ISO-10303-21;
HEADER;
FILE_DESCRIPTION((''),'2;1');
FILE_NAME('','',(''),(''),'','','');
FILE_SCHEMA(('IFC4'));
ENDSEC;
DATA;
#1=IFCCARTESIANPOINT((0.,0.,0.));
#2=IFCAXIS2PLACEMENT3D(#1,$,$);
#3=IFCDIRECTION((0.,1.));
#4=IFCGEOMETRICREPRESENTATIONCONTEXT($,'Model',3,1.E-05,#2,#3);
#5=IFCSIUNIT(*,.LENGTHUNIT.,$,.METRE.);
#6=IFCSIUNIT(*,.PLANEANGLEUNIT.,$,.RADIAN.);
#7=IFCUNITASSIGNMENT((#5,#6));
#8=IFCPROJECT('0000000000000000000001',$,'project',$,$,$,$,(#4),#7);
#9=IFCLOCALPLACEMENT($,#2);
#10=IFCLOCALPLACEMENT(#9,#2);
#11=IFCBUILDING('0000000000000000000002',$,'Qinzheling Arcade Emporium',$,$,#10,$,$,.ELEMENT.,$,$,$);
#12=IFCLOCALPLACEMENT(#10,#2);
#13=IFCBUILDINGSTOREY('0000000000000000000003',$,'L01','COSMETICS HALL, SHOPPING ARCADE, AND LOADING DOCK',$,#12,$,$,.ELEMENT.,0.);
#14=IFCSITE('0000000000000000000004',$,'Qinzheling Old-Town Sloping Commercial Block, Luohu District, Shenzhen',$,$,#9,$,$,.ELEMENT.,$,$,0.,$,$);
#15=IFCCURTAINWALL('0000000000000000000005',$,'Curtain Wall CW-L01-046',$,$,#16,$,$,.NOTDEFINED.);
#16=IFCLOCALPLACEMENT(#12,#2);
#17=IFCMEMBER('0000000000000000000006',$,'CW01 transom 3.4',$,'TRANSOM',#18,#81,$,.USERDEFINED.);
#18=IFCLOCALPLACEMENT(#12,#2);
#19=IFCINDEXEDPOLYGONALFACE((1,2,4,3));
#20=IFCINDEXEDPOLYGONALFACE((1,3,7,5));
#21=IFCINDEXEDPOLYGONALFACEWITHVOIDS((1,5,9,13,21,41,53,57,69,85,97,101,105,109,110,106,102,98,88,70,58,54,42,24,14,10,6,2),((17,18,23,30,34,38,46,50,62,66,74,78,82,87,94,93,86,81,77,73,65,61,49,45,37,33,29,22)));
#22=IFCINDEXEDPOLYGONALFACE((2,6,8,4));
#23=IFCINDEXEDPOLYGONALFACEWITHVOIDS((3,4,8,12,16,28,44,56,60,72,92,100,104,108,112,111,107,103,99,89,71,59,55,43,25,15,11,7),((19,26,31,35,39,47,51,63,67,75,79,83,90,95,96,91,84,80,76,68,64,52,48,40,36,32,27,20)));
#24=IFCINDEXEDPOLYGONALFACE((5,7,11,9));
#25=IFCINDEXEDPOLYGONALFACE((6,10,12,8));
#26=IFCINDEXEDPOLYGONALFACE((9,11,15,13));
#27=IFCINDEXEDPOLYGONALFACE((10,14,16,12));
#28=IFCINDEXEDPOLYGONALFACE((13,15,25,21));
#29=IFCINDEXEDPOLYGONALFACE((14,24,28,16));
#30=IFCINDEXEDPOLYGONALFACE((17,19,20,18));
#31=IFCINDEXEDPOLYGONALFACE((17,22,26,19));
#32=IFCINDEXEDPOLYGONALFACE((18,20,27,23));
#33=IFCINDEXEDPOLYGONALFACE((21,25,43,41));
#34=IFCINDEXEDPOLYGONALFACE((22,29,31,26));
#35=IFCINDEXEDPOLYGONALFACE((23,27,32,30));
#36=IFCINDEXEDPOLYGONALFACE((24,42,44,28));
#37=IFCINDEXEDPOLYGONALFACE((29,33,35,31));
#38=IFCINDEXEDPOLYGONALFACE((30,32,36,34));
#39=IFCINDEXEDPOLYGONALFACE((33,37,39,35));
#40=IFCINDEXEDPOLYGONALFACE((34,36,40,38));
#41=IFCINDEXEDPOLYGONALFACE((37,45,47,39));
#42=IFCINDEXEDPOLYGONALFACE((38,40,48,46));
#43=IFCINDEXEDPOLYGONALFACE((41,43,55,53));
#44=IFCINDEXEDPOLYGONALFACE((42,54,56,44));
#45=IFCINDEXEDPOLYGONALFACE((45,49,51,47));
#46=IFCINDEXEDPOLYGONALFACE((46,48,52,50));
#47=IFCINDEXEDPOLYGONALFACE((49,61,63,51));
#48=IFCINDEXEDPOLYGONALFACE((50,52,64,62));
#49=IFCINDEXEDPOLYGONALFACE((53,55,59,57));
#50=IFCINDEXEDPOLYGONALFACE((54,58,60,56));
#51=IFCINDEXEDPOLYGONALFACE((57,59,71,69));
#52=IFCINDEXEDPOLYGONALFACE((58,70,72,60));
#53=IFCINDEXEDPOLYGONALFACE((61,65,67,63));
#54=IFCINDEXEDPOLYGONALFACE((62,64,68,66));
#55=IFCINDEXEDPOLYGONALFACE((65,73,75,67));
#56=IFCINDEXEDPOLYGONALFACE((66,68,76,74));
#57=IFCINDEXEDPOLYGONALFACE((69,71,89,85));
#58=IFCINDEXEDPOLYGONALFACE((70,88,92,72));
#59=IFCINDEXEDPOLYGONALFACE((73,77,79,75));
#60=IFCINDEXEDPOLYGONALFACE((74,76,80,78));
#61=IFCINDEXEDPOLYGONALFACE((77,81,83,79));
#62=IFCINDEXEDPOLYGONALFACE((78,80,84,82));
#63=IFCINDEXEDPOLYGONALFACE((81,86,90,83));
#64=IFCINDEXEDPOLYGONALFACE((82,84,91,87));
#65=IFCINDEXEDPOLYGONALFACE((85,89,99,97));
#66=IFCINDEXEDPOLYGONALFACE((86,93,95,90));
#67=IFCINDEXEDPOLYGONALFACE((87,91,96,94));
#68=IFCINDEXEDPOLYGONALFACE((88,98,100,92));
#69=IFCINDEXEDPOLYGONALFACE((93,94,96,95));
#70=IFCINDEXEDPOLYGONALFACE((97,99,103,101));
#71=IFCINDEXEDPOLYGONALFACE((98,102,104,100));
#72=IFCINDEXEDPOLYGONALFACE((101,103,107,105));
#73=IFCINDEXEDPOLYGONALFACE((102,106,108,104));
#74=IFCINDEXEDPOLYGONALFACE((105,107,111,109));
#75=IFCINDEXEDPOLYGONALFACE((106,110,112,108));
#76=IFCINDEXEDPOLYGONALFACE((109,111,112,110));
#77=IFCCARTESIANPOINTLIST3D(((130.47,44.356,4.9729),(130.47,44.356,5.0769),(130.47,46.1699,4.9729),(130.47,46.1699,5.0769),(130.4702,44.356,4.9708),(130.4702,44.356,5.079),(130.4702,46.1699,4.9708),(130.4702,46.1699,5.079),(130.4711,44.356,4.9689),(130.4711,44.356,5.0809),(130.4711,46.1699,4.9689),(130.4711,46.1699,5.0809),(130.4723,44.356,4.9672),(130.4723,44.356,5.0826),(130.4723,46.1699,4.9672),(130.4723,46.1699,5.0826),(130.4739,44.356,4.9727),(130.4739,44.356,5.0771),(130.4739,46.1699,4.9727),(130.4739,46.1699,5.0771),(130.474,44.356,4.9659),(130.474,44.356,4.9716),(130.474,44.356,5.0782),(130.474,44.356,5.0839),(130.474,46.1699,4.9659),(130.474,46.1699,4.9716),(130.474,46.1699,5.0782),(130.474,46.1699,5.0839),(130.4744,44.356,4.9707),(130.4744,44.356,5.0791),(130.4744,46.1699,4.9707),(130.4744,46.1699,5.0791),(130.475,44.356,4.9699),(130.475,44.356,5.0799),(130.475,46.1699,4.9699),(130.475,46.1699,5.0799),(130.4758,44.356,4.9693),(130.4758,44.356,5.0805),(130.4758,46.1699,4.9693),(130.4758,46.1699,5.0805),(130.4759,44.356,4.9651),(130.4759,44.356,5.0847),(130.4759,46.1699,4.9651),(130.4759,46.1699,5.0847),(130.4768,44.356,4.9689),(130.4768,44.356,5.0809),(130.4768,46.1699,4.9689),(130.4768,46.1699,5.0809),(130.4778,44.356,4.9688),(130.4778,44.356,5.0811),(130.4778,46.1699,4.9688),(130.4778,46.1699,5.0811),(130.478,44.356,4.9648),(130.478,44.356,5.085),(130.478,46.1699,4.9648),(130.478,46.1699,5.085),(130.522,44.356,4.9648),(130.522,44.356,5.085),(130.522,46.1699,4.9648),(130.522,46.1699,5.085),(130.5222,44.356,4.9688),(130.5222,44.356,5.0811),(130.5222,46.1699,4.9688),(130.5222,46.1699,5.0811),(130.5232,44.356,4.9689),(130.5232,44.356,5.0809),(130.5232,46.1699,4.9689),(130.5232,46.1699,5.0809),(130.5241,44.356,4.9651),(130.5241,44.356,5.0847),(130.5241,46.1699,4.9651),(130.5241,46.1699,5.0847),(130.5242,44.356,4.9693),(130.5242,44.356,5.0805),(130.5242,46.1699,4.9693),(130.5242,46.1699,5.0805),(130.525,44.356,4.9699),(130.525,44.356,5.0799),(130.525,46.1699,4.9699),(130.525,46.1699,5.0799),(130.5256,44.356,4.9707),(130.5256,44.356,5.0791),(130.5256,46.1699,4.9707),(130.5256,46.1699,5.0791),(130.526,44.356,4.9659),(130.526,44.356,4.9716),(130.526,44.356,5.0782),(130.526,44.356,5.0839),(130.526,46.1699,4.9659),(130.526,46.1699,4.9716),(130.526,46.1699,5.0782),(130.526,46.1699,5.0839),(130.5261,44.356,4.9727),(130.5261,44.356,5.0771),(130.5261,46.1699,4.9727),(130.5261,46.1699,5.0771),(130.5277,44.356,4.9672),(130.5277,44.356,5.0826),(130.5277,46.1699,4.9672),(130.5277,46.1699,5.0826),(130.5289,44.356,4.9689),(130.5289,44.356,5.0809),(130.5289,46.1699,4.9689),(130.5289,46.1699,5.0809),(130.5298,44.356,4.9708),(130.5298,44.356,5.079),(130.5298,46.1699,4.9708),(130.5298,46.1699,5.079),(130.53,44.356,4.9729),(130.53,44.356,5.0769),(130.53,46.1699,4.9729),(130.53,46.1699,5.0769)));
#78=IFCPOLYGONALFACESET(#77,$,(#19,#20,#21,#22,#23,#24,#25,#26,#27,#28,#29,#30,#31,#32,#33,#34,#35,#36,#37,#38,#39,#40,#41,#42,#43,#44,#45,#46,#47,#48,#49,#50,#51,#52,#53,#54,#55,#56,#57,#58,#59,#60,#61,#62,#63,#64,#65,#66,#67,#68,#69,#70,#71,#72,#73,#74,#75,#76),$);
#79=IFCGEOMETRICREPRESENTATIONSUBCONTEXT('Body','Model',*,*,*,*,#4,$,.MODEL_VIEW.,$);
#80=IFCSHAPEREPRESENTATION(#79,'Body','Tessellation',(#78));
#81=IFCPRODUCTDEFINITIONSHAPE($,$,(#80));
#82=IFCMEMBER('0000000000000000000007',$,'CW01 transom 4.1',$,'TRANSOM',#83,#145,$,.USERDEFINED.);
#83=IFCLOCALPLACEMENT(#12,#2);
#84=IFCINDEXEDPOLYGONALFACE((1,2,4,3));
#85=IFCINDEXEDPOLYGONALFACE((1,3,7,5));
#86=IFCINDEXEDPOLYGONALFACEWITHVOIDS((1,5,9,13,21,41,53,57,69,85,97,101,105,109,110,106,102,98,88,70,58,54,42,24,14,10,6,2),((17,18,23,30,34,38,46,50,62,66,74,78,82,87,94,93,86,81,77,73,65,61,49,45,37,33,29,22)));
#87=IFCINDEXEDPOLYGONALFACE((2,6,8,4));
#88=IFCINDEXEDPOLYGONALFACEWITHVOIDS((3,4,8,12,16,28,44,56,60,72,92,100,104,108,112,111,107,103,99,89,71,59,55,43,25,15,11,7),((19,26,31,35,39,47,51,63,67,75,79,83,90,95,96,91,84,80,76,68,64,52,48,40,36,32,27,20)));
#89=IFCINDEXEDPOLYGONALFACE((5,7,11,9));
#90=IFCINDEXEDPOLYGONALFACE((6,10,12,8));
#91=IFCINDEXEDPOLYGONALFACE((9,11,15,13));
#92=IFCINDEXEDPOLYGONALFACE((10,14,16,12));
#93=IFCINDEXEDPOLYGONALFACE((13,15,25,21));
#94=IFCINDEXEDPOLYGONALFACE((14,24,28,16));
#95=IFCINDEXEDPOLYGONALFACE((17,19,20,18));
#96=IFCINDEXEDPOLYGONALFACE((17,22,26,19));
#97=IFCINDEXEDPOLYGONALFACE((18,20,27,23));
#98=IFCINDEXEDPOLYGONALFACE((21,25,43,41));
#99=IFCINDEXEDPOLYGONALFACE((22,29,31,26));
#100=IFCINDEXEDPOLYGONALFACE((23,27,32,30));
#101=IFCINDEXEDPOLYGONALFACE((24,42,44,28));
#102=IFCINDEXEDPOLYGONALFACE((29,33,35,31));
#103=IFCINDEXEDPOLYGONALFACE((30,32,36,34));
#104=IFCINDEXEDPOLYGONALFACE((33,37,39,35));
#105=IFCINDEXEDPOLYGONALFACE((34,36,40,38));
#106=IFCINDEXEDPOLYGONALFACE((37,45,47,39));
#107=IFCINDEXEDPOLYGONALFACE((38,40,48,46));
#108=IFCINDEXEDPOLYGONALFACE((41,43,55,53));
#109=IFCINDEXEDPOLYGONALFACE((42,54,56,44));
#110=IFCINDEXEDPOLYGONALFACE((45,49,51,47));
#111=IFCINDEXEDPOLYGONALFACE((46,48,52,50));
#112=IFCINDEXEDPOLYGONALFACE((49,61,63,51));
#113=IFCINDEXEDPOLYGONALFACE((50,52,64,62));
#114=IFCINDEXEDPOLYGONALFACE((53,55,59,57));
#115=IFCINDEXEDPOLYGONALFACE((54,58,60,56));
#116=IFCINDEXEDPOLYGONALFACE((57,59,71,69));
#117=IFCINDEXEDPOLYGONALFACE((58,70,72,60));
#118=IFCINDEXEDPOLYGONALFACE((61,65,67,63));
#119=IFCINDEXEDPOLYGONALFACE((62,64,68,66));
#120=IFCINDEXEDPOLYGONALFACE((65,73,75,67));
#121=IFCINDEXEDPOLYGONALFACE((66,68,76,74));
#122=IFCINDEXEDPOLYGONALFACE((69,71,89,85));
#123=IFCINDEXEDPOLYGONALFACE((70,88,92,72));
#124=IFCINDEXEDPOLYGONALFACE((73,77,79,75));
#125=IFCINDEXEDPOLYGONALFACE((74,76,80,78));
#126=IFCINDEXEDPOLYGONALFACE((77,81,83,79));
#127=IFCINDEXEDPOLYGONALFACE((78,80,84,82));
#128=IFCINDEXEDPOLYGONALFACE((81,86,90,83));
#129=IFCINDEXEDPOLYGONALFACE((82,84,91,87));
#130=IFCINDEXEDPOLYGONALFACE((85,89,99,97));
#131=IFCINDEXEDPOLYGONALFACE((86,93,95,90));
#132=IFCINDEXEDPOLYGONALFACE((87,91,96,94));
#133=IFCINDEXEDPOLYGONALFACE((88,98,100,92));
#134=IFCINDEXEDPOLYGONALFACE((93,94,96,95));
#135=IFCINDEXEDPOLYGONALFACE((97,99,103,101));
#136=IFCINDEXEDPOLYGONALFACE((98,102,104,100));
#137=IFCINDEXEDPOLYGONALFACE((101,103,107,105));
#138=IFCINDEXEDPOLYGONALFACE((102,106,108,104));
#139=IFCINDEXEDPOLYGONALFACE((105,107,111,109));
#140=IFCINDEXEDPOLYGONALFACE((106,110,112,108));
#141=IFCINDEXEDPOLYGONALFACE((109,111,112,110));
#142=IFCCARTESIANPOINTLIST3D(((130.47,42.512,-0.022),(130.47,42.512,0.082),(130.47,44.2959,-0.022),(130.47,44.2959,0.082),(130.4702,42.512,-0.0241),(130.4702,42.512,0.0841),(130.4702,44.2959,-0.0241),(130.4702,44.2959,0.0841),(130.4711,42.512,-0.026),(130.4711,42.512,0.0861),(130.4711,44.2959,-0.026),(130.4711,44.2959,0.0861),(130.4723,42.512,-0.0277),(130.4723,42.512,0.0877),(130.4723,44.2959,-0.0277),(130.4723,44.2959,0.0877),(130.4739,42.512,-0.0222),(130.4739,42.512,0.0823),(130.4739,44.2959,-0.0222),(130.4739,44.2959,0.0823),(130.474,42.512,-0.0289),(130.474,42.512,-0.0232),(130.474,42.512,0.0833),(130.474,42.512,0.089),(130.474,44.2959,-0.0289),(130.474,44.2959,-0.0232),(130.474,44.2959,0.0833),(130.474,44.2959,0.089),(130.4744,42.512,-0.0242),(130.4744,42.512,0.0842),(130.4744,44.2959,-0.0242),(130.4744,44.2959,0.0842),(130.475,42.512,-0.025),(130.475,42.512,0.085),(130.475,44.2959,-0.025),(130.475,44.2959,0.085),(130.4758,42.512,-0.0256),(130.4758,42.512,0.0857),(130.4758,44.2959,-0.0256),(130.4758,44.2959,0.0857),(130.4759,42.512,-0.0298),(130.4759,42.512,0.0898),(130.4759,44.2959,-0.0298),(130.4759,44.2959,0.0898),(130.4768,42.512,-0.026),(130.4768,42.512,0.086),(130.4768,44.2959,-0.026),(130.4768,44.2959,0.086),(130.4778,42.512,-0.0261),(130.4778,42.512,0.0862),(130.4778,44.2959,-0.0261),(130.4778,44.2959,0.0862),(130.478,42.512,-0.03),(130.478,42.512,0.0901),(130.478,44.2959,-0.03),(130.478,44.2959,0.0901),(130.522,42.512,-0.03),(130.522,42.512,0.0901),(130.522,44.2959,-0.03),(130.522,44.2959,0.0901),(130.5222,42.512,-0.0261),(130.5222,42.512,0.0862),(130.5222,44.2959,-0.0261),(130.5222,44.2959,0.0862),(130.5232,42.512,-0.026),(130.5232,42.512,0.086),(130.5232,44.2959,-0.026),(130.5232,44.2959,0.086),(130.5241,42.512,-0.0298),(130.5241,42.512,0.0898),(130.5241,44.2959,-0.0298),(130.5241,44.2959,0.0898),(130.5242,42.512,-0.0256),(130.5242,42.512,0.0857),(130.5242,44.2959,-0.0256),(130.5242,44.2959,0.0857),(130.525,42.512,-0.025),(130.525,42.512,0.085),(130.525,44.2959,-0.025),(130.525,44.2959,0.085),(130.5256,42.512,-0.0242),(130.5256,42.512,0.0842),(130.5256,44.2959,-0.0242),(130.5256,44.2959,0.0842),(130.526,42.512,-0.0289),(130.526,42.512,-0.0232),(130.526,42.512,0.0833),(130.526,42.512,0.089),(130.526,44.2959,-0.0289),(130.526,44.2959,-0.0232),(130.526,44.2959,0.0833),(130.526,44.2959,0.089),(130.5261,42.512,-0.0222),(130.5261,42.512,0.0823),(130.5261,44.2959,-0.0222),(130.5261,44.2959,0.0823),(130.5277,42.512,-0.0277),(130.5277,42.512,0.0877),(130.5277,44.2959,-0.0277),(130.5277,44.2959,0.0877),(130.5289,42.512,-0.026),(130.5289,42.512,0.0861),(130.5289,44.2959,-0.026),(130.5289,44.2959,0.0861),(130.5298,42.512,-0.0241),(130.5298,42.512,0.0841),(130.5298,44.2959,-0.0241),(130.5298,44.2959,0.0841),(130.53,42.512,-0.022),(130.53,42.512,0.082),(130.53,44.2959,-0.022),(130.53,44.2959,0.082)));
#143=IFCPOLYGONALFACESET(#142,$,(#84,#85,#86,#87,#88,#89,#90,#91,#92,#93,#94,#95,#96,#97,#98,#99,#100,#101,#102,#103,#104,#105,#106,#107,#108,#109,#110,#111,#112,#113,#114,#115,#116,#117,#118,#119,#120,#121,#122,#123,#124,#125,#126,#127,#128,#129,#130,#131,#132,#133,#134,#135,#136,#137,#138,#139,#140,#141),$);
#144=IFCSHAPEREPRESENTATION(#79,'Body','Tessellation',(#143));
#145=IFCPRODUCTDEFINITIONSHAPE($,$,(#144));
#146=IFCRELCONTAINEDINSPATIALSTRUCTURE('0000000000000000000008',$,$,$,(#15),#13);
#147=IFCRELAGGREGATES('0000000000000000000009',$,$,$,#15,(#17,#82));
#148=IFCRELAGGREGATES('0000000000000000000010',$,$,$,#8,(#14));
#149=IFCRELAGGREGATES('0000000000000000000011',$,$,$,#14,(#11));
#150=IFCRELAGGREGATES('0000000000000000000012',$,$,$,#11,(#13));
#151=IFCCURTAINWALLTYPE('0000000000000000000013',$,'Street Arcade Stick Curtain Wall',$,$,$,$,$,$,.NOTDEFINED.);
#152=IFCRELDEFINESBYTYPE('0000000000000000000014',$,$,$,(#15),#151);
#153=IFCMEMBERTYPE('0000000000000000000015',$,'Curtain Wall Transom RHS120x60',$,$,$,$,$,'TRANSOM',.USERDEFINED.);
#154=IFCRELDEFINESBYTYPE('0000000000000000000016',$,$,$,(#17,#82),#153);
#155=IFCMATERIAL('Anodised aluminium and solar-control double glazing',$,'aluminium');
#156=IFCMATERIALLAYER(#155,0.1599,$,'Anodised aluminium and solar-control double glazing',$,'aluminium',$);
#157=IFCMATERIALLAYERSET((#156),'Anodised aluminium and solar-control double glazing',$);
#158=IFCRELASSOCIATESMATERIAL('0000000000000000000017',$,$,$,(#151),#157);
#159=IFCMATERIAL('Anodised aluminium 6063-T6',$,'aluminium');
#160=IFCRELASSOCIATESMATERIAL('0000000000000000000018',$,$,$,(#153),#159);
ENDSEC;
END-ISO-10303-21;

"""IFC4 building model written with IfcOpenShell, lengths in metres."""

from ifc_helpers import new_model, si_unit, direction, frame, origin, origin_2d, place, context, subcontext, project, spatial, hollow_rectangle, extrude, material, layer, layer_set, material_profile, profile_set, type_object, element, aggregate, save


model = new_model("IFC4")

# Units and contexts
model_context = context("Model", 3, precision=1e-05, world=origin(), true_north=direction((0.0, 1.0)))
body_context = subcontext(model_context, "Body", "Model", "MODEL_VIEW")
ifc_project = project(units=[si_unit("LENGTHUNIT", "METRE"), si_unit("PLANEANGLEUNIT", "RADIAN")], contexts=[model_context])

# Site, building, storey
site_placement = place(None, origin())
site = spatial("IfcSite", under=ifc_project, at=site_placement, Name="Qinzheling Old-Town Sloping Commercial Block, Luohu District, Shenzhen", CompositionType="ELEMENT", RefElevation=0.0)
building_placement = place(site_placement, origin())
building = spatial("IfcBuilding", under=site, at=building_placement, Name="Qinzheling Arcade Emporium", CompositionType="ELEMENT")
storey_placement = place(building_placement, origin())
storey = spatial("IfcBuildingStorey", under=building, at=storey_placement, Name="L01", Description="COSMETICS HALL, SHOPPING ARCADE, AND LOADING DOCK", CompositionType="ELEMENT", Elevation=0.0)

# Curtain wall, members
ifc_material_1 = material(Name="Anodised aluminium and solar-control double glazing", Category="aluminium")
ifc_layer_1 = layer(ifc_material_1, 0.1599, Name="Anodised aluminium and solar-control double glazing", Category="aluminium")
ifc_layer_set_1 = layer_set([ifc_layer_1], Name="Anodised aluminium and solar-control double glazing")
curtain_wall_type = type_object("IfcCurtainWallType", Name="Street Arcade Stick Curtain Wall", PredefinedType="NOTDEFINED", material=ifc_layer_set_1)
curtain_wall_placement = place(storey_placement, origin())
curtain_wall = element("IfcCurtainWall", 1, at=curtain_wall_placement, inside=storey, type_object=curtain_wall_type, Name="Curtain Wall CW-L01-046", PredefinedType="NOTDEFINED")
ifc_material_2 = material(Name="Anodised aluminium 6063-T6", Category="aluminium")
ifc_material_profile_1 = material_profile(ifc_material_2, hollow_rectangle(XDim=0.0601, YDim=0.1201, WallThickness=0.0039, InnerFilletRadius=0.0039, OuterFilletRadius=0.0081, at=origin_2d()), Name="RHS 120x60x4", Category="aluminium")
ifc_profile_set_1 = profile_set([ifc_material_profile_1], Name="Anodised aluminium 6063-T6")
member_type_1 = type_object("IfcMemberType", Name="Curtain Wall Transom RHS120x60", ElementType="TRANSOM", PredefinedType="USERDEFINED", material=ifc_profile_set_1)
member_1_placement = place(storey_placement, frame((130.5, 46.1699, 5.0249), z_axis=(0.0, -1.0, 0.0), x_axis=(1.0, 0.0, 0.0)))
member_1 = element("IfcMember", 2, at=member_1_placement, type_object=member_type_1, Name="CW01 transom 3.4", ObjectType="TRANSOM", PredefinedType="USERDEFINED", context=body_context, shape_type="SweptSolid", body=[
    extrude(hollow_rectangle(XDim=0.0601, YDim=0.1201, WallThickness=0.0039, InnerFilletRadius=0.0039, OuterFilletRadius=0.0081, at=origin_2d()), origin(), (0.0, 0.0, 1.0), 1.814),
])
member_2_placement = place(storey_placement, frame((130.5, 44.2959, 0.03), z_axis=(0.0, -1.0, 0.0), x_axis=(1.0, 0.0, 0.0)))
member_2 = element("IfcMember", 3, at=member_2_placement, type_object=member_type_1, Name="CW01 transom 4.1", ObjectType="TRANSOM", PredefinedType="USERDEFINED", context=body_context, shape_type="SweptSolid", body=[
    extrude(hollow_rectangle(XDim=0.0601, YDim=0.1201, WallThickness=0.0039, InnerFilletRadius=0.0039, OuterFilletRadius=0.0081, at=origin_2d()), origin(), (0.0, 0.0, 1.0), 1.7839),
])

aggregate(curtain_wall, [member_1, member_2])

save(model, "model.ifc")
